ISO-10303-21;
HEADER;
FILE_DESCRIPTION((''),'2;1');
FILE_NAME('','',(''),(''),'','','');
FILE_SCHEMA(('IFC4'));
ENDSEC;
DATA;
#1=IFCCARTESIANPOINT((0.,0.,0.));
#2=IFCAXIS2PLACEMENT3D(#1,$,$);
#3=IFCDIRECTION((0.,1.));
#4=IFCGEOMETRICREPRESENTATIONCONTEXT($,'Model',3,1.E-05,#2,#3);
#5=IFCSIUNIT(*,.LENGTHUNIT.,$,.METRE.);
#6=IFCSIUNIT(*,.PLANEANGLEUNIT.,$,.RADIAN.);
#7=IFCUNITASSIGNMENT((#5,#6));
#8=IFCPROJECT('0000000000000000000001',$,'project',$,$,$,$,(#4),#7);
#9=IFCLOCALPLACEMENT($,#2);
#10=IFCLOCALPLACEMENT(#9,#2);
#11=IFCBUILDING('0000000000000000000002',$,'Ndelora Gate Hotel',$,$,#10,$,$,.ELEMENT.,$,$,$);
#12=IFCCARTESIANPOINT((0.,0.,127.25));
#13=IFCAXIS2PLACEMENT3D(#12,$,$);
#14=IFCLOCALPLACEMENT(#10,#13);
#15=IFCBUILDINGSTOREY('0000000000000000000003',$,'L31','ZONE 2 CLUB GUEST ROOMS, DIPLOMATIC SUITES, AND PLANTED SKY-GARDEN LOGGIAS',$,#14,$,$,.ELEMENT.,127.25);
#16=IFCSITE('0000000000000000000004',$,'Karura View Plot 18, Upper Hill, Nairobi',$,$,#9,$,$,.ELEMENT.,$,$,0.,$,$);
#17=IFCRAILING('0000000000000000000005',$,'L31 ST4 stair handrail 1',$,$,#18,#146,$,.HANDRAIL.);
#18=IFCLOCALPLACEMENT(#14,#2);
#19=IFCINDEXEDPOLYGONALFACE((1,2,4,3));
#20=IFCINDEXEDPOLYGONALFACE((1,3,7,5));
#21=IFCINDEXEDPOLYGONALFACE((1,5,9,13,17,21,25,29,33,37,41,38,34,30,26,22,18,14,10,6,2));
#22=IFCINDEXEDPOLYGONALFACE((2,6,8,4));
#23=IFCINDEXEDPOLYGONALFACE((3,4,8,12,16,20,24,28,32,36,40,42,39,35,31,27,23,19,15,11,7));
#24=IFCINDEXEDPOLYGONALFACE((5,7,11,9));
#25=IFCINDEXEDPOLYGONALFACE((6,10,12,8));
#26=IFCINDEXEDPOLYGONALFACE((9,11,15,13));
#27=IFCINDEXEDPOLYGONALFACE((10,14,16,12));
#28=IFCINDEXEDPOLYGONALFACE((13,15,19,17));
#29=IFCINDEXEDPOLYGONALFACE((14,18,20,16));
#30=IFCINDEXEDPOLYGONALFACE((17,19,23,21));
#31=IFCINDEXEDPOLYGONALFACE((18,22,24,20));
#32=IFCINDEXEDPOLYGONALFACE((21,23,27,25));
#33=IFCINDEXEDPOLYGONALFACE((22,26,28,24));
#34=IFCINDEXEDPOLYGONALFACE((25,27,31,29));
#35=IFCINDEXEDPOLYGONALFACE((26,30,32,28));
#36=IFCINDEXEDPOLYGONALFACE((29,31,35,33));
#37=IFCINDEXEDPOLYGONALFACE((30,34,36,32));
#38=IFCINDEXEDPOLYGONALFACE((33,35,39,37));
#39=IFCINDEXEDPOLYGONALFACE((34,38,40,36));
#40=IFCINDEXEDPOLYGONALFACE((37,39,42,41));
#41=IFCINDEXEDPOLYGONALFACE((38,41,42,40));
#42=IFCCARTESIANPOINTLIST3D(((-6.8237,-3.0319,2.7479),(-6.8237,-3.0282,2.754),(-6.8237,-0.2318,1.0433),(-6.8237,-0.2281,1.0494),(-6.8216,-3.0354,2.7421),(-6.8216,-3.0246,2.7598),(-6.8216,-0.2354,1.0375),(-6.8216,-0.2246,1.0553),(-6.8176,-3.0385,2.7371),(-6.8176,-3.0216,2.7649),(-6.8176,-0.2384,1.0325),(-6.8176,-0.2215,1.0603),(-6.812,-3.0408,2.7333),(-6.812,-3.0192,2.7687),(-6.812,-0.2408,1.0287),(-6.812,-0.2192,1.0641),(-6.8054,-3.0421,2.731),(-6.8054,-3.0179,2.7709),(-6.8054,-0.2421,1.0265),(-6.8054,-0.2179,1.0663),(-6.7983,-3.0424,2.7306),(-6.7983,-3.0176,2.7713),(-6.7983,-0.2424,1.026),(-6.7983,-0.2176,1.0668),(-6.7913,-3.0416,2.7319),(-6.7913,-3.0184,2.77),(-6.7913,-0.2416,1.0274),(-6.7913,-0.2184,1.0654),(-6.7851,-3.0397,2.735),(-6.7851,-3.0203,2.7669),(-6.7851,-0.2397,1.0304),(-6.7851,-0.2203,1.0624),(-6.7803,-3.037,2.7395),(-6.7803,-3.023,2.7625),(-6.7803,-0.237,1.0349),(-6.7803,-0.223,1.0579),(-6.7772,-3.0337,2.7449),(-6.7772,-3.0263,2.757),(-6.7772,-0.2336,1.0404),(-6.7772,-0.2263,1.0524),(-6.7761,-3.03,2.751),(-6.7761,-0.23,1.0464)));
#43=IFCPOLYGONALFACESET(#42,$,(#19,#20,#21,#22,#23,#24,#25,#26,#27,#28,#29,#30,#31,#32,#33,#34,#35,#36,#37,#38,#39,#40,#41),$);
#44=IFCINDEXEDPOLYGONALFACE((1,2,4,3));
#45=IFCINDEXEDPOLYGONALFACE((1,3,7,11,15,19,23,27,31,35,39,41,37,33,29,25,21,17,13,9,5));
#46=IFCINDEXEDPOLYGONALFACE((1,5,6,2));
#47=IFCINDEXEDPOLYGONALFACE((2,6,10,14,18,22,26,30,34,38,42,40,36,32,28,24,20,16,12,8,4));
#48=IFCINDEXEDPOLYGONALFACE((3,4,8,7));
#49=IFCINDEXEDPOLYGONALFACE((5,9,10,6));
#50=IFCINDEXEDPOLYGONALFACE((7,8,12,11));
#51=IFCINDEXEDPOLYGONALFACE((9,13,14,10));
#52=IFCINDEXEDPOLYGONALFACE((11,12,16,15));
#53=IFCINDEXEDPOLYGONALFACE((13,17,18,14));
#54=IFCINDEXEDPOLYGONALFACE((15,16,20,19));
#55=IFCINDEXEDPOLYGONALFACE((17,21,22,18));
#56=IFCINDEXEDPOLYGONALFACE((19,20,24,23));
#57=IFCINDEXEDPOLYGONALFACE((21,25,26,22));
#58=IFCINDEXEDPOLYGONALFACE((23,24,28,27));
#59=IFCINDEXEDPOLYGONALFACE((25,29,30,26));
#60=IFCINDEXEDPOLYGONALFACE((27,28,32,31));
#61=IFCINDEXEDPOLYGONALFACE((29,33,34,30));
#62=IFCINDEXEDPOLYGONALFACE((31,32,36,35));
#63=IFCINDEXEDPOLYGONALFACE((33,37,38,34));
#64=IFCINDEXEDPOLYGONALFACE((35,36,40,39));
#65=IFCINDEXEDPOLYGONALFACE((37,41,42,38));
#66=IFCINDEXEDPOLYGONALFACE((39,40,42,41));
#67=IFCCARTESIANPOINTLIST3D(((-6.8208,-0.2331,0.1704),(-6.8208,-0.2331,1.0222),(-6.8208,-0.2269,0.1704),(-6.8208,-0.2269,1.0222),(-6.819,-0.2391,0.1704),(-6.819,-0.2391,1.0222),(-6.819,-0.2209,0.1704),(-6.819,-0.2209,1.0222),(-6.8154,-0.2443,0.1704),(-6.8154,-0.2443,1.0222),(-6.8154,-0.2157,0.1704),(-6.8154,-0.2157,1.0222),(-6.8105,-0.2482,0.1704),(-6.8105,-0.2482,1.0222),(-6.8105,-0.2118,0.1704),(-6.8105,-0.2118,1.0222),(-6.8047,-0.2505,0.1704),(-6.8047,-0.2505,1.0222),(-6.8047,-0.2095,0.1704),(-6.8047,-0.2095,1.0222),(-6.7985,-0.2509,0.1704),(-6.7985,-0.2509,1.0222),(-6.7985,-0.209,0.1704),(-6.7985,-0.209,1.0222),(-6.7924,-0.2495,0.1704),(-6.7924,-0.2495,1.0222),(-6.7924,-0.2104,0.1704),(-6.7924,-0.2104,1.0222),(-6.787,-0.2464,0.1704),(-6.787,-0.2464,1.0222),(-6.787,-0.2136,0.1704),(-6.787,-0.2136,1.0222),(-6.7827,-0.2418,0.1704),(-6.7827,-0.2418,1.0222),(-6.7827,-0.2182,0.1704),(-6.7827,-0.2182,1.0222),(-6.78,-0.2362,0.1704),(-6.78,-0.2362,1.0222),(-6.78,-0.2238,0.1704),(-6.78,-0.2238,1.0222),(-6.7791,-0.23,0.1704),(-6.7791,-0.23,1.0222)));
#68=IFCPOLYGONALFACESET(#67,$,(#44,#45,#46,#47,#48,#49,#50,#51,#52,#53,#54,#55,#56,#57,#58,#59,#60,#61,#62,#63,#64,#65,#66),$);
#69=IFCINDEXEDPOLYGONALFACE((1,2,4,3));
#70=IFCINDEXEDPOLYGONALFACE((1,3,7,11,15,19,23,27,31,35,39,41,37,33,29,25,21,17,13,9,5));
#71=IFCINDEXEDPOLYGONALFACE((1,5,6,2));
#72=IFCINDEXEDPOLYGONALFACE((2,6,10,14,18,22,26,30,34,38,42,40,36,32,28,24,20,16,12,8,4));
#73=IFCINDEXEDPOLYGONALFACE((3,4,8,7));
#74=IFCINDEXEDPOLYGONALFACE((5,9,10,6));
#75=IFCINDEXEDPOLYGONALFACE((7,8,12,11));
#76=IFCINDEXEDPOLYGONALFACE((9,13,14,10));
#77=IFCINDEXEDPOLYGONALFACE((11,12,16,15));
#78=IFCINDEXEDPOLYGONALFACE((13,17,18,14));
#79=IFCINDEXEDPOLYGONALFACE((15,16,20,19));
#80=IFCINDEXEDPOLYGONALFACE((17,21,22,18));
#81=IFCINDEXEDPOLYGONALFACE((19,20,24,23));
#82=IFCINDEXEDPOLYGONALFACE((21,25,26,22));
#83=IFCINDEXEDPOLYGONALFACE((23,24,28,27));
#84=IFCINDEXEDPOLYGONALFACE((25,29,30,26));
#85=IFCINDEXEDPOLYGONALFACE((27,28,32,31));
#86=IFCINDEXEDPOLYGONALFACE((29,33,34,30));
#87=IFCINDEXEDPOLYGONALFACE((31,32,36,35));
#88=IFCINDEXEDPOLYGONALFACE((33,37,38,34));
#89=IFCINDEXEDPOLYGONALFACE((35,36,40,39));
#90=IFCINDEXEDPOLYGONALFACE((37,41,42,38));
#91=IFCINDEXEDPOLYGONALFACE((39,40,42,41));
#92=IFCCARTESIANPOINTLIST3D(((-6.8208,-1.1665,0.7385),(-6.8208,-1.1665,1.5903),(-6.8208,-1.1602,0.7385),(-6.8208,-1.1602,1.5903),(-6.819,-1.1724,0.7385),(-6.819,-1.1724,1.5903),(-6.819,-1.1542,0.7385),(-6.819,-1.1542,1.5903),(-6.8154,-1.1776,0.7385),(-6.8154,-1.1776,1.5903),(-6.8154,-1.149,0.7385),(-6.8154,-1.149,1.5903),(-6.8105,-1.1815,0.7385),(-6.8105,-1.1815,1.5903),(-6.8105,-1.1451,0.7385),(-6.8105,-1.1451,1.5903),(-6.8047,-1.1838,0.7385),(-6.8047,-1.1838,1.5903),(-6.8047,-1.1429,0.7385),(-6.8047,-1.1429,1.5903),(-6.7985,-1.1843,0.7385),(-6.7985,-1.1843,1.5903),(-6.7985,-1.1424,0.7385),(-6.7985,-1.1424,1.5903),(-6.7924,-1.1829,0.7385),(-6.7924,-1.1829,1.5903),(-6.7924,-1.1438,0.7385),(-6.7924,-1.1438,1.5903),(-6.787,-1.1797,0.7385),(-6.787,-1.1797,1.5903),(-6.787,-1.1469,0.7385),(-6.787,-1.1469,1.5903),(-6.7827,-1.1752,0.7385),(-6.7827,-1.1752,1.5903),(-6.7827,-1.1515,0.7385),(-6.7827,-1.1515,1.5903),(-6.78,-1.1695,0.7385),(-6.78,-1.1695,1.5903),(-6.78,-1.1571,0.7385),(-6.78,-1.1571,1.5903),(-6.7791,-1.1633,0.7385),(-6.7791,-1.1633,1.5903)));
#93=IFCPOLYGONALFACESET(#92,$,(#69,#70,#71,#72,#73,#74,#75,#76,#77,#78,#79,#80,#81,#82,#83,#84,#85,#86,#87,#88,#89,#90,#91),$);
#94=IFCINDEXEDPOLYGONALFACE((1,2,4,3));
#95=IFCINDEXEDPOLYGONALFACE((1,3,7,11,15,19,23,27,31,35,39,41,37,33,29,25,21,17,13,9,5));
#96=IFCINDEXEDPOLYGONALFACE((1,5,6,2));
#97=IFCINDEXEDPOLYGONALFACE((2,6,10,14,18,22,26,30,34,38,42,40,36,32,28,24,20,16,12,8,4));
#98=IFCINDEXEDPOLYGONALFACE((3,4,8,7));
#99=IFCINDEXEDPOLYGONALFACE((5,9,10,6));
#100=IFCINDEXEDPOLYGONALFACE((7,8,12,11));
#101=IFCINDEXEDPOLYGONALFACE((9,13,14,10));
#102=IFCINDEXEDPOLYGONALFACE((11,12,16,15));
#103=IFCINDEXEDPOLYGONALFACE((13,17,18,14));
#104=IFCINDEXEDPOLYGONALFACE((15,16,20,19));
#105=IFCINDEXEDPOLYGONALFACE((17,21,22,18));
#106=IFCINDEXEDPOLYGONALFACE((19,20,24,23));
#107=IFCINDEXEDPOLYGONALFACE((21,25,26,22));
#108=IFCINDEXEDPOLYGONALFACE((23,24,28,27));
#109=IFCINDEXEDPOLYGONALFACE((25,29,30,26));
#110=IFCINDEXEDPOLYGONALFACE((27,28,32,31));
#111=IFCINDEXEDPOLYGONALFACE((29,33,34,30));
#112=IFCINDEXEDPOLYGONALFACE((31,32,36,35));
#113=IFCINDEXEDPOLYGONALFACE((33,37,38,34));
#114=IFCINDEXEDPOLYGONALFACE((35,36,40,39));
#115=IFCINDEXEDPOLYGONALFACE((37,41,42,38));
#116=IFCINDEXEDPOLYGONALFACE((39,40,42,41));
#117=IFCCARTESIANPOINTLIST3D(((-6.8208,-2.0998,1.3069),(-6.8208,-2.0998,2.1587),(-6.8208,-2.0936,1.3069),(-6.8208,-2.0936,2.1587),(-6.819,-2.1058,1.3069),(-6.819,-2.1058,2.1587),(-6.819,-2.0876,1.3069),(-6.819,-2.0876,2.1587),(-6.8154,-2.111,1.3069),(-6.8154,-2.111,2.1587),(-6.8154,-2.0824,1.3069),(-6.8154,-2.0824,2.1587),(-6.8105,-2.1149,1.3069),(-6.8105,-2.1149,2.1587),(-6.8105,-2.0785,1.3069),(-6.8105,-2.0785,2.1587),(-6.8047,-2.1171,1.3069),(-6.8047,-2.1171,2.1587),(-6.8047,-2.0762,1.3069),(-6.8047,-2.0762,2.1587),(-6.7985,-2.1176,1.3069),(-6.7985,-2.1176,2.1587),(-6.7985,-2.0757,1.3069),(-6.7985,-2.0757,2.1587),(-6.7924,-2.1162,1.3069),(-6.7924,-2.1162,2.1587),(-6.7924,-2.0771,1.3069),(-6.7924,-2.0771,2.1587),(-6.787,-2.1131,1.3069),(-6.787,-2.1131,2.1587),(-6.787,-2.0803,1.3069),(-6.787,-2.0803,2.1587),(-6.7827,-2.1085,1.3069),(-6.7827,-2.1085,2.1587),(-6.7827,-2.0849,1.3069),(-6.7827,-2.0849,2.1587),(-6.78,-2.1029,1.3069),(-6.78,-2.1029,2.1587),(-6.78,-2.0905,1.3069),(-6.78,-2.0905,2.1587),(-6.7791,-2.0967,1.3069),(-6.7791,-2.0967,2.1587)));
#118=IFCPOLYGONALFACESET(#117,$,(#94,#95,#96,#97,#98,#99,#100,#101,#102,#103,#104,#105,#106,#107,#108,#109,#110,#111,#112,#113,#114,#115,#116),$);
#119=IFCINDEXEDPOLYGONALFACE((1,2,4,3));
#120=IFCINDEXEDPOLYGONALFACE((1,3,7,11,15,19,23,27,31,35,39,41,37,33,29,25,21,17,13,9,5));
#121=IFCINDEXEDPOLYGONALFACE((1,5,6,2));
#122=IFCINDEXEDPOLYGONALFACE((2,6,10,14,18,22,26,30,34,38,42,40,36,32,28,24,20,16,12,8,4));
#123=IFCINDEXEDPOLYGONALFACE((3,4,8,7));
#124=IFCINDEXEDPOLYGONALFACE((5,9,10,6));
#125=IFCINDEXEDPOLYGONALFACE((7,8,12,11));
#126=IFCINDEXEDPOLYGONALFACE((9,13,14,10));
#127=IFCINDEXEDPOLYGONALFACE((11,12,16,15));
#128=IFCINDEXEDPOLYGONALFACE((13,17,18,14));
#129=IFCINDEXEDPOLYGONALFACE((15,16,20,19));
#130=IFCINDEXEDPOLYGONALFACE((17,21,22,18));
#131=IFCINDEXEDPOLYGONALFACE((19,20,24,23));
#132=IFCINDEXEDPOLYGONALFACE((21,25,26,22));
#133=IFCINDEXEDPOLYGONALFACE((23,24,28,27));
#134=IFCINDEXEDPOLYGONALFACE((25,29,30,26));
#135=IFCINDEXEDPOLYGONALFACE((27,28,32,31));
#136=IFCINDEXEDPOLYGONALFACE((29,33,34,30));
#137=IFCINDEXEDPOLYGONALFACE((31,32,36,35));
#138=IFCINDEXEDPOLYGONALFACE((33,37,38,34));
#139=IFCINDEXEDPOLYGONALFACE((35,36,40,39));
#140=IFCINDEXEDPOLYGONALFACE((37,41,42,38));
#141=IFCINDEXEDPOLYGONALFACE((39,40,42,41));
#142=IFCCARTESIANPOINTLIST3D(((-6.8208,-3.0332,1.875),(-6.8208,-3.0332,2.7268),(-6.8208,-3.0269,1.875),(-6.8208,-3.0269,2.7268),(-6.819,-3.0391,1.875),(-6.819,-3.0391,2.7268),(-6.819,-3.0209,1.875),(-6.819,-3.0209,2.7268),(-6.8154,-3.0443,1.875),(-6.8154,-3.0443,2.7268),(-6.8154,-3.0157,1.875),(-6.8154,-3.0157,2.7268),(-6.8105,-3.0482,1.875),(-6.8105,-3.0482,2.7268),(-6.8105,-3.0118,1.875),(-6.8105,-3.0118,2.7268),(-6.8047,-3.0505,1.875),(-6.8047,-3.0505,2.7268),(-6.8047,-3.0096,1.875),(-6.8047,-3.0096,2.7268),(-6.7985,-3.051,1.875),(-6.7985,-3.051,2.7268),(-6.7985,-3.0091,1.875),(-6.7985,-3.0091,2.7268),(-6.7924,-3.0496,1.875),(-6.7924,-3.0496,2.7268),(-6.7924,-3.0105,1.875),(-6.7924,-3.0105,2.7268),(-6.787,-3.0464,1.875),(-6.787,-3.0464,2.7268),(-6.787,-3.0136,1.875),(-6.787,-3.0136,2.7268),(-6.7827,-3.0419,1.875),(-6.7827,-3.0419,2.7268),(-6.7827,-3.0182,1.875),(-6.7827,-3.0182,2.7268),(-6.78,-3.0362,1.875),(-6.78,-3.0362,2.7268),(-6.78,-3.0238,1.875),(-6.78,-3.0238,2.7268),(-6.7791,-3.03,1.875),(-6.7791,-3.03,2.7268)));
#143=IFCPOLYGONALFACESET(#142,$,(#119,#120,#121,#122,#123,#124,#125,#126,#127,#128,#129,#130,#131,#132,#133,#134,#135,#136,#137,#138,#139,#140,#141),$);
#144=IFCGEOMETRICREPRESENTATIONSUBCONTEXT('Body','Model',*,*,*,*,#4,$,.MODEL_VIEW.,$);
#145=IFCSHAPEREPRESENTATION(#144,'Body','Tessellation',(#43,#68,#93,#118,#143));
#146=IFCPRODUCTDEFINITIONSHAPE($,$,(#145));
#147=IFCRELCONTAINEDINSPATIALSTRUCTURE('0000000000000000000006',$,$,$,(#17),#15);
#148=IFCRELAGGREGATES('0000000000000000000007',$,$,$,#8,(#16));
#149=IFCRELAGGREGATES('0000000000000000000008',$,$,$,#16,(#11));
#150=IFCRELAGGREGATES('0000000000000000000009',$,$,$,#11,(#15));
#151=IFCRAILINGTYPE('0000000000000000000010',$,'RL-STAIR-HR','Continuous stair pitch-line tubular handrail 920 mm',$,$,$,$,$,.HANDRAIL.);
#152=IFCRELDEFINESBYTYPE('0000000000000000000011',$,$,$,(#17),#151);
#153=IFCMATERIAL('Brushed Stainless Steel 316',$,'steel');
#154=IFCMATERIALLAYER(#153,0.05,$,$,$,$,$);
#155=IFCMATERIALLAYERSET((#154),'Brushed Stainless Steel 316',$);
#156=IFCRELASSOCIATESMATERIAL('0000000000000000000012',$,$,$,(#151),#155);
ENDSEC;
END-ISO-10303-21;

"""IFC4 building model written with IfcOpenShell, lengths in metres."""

from ifc_helpers import new_model, si_unit, direction, frame, origin, origin_2d, place, context, subcontext, project, spatial, circle, extrude, material, layer, layer_set, type_object, element, save


model = new_model("IFC4")

# Units and contexts
model_context = context("Model", 3, precision=1e-05, world=origin(), true_north=direction((0.0, 1.0)))
body_context = subcontext(model_context, "Body", "Model", "MODEL_VIEW")
ifc_project = project(units=[si_unit("LENGTHUNIT", "METRE"), si_unit("PLANEANGLEUNIT", "RADIAN")], contexts=[model_context])

# Site, building, storey
site_placement = place(None, origin())
site = spatial("IfcSite", under=ifc_project, at=site_placement, Name="Karura View Plot 18, Upper Hill, Nairobi", CompositionType="ELEMENT", RefElevation=0.0)
building_placement = place(site_placement, origin())
building = spatial("IfcBuilding", under=site, at=building_placement, Name="Ndelora Gate Hotel", CompositionType="ELEMENT")
storey_placement = place(building_placement, frame((0.0, 0.0, 127.25)))
storey = spatial("IfcBuildingStorey", under=building, at=storey_placement, Name="L31", Description="ZONE 2 CLUB GUEST ROOMS, DIPLOMATIC SUITES, AND PLANTED SKY-GARDEN LOGGIAS", CompositionType="ELEMENT", Elevation=127.25)

# Railing
ifc_material_1 = material(Name="Brushed Stainless Steel 316", Category="steel")
ifc_layer_1 = layer(ifc_material_1, 0.05)
ifc_layer_set_1 = layer_set([ifc_layer_1], Name="Brushed Stainless Steel 316")
railing_type_1 = type_object("IfcRailingType", Name="RL-STAIR-HR", Description="Continuous stair pitch-line tubular handrail 920 mm", PredefinedType="HANDRAIL", material=ifc_layer_set_1)
railing_1_placement = place(storey_placement, frame((-6.8, -0.23, 0.1704)))
element("IfcRailing", 1, at=railing_1_placement, inside=storey, type_object=railing_type_1, Name="L31 ST4 stair handrail 1", PredefinedType="HANDRAIL", context=body_context, shape_type="SweptSolid", body=[
    extrude(circle(Radius=0.0239, at=origin_2d()), frame((0.0, 0.0, 0.876), z_axis=(0.0, -0.85417, 0.519994), x_axis=(1.0, 0.0, 0.0)), (0.0, 0.0, 1.0), 3.2781),
    extrude(circle(Radius=0.021, at=origin_2d()), origin(), (0.0, 0.0, 1.0), 0.8518),
    extrude(circle(Radius=0.021, at=origin_2d()), frame((0.0, -0.9333, 0.5681)), (0.0, 0.0, 1.0), 0.8518),
    extrude(circle(Radius=0.021, at=origin_2d()), frame((0.0, -1.8667, 1.1365)), (0.0, 0.0, 1.0), 0.8518),
    extrude(circle(Radius=0.021, at=origin_2d()), frame((0.0, -2.8, 1.7046)), (0.0, 0.0, 1.0), 0.8518),
])

save(model, "model.ifc")
